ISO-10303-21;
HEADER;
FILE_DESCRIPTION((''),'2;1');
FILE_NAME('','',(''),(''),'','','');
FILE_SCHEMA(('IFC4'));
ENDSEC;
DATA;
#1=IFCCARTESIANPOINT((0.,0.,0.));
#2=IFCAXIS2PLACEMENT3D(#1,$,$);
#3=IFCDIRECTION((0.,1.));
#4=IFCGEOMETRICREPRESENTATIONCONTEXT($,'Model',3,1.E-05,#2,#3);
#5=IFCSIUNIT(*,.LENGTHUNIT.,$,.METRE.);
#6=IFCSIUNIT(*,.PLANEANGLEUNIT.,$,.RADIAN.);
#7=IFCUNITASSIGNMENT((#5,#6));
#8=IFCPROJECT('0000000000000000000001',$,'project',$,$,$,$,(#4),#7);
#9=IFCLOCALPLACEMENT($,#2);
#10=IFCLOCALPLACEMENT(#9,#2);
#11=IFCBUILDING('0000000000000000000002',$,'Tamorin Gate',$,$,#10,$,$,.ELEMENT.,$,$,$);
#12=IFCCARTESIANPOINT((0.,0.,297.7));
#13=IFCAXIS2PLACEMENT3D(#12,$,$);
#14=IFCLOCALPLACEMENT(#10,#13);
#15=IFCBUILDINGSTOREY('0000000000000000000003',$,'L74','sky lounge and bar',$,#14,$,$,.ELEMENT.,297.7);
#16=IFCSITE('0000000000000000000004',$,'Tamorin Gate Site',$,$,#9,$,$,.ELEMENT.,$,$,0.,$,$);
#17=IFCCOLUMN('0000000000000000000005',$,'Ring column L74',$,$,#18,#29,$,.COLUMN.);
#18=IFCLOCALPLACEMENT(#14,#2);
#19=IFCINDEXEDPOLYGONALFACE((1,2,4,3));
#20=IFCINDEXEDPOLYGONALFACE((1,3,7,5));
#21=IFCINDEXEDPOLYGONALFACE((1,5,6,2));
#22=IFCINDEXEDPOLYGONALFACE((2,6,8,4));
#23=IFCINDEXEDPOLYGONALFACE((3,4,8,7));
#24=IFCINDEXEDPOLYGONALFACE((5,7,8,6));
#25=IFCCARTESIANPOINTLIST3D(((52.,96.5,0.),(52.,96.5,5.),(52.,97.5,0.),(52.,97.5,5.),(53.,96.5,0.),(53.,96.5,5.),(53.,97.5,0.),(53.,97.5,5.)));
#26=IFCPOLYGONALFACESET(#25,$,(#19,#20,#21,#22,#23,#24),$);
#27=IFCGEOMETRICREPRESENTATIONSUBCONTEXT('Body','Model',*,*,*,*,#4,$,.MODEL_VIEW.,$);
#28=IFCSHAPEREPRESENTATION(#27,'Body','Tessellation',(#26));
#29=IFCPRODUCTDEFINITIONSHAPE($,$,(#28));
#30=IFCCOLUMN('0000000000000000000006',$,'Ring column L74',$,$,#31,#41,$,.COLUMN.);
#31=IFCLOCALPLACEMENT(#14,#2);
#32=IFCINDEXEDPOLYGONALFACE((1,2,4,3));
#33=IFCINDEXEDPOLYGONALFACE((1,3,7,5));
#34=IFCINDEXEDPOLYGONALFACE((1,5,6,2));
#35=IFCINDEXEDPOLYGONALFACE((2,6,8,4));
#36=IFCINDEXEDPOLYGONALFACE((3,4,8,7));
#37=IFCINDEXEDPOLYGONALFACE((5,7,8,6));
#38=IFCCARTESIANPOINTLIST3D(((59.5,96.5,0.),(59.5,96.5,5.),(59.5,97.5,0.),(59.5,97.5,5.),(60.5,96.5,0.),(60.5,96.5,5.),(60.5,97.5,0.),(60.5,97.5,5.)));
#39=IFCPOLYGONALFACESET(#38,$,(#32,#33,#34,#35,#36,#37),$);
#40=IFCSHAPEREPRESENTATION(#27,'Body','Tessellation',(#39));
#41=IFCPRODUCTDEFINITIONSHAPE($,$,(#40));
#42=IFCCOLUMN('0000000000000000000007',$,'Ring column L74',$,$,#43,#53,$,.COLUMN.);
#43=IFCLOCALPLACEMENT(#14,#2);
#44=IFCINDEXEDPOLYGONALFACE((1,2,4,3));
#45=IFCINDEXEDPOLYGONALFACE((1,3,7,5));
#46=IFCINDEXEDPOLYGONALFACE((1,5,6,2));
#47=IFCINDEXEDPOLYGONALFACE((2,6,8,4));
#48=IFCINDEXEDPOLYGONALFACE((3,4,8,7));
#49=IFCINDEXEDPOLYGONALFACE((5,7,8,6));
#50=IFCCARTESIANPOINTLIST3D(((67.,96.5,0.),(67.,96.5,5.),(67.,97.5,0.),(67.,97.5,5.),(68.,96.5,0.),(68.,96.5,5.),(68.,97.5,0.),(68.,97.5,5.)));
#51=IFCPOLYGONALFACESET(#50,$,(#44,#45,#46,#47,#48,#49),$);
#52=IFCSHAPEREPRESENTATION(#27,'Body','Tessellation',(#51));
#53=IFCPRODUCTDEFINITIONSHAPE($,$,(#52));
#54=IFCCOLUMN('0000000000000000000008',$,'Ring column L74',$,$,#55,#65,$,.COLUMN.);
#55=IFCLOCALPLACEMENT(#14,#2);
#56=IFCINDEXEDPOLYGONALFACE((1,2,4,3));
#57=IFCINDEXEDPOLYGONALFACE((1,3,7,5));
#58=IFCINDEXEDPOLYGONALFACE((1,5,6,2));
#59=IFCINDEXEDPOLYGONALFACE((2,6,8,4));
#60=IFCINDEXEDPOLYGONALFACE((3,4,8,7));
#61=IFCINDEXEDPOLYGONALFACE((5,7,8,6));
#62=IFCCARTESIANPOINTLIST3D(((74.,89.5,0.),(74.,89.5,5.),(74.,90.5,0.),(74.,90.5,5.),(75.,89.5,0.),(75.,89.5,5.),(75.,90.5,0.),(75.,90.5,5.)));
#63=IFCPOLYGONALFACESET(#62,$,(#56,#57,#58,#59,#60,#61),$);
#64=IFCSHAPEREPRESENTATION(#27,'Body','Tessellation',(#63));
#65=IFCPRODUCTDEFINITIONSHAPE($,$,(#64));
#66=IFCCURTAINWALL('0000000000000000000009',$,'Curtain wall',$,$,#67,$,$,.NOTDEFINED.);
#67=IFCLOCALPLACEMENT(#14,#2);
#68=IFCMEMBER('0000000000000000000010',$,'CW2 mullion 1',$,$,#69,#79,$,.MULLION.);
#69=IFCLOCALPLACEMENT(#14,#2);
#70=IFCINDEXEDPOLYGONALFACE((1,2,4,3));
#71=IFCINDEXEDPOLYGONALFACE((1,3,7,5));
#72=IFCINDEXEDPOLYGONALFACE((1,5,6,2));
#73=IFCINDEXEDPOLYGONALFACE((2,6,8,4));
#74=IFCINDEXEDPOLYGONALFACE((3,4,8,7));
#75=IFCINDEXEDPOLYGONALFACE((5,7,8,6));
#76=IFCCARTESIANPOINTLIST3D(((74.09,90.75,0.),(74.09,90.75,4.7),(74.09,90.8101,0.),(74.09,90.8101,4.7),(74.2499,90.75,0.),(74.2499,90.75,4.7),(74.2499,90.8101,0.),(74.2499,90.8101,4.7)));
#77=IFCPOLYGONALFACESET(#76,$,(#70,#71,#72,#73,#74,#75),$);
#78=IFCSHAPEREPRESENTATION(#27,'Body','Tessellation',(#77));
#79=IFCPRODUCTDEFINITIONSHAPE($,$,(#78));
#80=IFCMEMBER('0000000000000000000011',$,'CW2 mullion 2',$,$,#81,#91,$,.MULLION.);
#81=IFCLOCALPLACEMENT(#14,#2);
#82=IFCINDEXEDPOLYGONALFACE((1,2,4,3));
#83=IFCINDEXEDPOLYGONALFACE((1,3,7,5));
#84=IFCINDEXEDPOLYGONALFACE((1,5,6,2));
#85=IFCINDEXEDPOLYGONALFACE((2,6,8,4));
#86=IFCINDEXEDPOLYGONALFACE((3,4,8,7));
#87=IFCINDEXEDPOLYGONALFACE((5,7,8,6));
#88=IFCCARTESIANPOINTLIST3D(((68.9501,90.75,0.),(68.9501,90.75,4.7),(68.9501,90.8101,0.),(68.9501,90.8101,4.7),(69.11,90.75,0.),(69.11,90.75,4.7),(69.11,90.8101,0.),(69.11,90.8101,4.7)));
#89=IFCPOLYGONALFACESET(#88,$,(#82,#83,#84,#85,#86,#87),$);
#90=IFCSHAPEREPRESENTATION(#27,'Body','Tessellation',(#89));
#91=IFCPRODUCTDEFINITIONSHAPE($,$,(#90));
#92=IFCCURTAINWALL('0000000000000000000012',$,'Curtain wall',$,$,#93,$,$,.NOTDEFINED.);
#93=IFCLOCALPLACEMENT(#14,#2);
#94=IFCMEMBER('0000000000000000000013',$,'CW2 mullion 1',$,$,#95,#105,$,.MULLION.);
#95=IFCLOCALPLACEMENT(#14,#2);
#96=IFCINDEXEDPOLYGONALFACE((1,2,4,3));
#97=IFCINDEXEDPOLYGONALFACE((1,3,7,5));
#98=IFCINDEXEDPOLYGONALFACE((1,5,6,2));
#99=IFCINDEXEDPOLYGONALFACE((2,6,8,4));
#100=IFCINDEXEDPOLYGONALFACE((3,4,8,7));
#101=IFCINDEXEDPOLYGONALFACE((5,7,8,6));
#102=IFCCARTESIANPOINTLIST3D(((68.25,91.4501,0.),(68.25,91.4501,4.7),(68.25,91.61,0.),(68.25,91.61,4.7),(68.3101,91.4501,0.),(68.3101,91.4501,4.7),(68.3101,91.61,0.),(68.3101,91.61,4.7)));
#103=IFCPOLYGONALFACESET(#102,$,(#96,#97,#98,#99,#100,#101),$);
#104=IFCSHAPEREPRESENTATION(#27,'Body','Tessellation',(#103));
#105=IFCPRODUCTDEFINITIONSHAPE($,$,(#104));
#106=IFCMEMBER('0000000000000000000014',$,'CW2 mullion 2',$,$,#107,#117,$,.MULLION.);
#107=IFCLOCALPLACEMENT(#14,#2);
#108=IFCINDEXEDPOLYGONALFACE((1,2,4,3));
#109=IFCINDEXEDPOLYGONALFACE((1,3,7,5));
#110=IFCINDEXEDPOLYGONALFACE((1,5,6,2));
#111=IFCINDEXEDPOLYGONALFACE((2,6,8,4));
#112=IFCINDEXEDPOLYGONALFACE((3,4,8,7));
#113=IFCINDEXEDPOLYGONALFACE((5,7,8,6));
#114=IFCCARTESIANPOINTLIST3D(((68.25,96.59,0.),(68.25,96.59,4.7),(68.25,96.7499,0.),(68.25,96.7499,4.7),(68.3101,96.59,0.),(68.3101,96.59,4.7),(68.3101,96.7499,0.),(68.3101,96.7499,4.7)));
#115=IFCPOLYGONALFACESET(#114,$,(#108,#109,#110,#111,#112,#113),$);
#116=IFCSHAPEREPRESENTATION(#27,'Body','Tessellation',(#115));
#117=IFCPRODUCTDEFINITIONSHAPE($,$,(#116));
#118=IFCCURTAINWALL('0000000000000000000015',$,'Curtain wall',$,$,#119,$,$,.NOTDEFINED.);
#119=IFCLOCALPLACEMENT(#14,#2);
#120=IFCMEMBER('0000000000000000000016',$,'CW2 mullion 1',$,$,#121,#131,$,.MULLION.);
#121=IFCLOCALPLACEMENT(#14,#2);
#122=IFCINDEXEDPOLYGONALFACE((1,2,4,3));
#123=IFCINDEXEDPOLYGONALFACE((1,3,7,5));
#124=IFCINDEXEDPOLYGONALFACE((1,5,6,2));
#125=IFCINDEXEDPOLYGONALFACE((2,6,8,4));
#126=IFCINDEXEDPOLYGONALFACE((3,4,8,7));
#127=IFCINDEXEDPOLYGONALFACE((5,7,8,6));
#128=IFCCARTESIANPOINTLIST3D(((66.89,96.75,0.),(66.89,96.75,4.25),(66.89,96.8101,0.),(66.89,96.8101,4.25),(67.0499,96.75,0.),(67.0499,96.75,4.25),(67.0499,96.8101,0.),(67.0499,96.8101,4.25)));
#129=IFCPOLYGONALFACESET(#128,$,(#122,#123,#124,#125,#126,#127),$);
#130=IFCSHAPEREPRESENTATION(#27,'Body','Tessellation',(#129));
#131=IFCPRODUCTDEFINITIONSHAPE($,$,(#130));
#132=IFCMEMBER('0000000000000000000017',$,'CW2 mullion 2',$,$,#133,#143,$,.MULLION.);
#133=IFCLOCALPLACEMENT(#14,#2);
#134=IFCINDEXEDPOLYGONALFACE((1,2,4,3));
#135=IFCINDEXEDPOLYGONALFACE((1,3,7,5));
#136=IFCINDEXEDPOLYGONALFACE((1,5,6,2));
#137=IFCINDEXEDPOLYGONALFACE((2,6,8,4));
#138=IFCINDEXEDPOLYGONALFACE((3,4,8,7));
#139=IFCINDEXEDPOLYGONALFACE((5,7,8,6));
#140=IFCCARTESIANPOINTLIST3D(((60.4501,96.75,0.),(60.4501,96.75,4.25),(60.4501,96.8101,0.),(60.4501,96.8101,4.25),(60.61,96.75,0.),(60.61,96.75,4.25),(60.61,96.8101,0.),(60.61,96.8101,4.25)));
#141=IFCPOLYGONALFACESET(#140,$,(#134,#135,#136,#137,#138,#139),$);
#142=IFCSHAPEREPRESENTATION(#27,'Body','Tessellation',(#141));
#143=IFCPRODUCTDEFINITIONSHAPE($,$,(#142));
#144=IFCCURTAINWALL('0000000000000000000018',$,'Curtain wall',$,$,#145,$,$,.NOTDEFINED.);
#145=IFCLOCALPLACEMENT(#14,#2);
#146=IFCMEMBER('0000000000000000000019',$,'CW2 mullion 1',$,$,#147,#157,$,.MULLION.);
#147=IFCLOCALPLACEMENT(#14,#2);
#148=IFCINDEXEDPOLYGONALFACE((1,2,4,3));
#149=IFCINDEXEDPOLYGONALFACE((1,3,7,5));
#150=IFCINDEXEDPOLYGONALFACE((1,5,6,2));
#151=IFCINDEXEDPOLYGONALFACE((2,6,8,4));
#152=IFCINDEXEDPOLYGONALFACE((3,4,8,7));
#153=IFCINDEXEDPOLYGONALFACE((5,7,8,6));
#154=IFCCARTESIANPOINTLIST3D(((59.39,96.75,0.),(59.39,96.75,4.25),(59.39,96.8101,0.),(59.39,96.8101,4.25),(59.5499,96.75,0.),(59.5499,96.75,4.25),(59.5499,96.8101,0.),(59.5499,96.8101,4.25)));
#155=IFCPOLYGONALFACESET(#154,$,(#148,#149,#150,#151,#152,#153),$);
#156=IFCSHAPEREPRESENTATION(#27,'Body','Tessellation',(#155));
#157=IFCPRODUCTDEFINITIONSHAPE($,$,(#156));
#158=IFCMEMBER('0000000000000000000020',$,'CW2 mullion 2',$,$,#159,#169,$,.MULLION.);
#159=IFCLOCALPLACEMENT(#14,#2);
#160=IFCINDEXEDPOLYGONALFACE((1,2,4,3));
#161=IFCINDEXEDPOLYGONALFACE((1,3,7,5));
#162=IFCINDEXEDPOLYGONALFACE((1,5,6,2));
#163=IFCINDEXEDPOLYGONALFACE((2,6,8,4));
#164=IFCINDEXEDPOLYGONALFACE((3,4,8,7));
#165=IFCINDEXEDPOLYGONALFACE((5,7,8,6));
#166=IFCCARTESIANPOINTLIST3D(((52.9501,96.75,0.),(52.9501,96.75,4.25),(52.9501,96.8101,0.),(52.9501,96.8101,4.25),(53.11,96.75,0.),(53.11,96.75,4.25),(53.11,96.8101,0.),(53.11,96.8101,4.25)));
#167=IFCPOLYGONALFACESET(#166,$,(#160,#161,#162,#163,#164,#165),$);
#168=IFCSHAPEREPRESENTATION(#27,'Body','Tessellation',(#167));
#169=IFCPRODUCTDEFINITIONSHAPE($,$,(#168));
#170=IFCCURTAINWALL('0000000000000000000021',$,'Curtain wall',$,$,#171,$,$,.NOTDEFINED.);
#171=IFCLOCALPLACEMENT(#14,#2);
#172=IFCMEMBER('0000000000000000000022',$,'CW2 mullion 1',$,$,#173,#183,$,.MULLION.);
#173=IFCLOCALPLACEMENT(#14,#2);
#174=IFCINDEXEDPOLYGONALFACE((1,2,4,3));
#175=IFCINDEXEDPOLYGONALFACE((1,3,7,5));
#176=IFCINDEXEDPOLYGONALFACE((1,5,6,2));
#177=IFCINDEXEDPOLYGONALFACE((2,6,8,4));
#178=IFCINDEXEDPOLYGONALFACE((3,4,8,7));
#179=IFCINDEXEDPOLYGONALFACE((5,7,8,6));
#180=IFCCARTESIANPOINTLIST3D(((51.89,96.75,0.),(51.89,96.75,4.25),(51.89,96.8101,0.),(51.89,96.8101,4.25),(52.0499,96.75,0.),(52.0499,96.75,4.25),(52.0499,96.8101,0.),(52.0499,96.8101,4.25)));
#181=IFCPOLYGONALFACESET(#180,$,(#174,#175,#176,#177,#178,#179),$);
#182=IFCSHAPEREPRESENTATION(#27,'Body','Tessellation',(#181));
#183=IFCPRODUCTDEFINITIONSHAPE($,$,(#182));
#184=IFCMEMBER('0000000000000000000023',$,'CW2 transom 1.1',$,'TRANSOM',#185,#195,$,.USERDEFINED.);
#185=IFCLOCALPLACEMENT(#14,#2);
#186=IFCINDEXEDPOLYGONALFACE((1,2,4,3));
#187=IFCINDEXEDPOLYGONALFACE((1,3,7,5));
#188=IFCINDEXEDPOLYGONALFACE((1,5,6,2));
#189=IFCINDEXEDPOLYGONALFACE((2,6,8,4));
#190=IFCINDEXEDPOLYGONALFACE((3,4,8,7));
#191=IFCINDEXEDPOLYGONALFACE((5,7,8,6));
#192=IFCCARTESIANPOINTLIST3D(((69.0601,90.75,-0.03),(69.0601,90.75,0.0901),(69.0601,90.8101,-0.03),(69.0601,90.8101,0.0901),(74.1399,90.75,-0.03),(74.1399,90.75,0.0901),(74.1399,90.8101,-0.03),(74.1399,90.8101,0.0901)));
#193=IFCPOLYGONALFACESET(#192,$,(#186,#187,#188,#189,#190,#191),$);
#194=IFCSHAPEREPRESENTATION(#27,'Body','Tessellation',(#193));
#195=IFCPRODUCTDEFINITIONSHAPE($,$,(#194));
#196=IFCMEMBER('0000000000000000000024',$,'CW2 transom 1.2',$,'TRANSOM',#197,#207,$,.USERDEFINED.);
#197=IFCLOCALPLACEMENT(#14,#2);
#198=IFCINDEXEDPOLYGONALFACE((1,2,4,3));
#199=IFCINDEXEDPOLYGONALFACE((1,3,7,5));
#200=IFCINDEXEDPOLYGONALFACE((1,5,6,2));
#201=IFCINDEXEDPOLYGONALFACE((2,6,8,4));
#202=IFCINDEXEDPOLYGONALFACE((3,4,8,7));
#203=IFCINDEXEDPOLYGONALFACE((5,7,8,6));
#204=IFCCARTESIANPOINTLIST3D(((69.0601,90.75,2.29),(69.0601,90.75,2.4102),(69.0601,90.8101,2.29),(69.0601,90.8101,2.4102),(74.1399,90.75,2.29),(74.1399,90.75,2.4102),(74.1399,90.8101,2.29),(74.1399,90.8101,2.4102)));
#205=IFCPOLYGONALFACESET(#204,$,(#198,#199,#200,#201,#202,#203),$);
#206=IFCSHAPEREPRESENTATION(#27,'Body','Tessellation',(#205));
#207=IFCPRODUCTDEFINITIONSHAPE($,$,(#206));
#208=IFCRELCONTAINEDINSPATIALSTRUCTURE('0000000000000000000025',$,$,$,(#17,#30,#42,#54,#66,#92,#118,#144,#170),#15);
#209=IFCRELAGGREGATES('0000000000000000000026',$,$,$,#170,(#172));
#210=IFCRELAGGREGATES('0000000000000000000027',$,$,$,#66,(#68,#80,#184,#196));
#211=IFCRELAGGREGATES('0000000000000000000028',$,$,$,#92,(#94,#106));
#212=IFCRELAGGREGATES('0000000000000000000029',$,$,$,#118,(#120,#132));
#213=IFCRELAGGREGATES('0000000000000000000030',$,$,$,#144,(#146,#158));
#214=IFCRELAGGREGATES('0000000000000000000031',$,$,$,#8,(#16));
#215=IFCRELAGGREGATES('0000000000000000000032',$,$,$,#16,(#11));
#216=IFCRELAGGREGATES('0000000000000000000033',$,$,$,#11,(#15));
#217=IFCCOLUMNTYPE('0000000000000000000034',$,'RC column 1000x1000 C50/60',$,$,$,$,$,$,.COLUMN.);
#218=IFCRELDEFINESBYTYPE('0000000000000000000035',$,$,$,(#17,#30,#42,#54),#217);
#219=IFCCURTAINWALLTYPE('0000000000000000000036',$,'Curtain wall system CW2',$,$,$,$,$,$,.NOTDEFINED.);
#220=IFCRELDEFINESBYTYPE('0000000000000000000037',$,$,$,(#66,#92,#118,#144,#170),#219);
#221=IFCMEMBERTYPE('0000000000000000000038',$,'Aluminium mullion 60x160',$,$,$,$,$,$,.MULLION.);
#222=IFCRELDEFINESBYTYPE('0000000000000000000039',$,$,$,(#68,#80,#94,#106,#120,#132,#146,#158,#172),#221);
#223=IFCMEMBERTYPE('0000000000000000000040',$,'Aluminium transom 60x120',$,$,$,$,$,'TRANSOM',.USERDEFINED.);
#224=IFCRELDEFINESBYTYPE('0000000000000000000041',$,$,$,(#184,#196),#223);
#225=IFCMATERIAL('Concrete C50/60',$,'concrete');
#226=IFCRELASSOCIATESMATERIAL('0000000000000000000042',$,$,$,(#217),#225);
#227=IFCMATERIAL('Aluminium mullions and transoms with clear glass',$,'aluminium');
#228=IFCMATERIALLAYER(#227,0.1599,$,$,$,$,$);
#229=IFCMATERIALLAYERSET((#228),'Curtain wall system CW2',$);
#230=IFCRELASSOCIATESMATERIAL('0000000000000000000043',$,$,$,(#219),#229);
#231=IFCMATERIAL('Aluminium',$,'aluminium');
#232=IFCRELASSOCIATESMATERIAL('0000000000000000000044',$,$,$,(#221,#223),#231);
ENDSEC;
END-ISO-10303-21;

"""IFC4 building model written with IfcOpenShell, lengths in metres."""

from ifc_helpers import new_model, si_unit, direction, frame, origin, origin_2d, place, context, subcontext, project, spatial, rectangle, extrude, material, layer, layer_set, material_profile, profile_set, type_object, element, aggregate, save


model = new_model("IFC4")

# Units and contexts
model_context = context("Model", 3, precision=1e-05, world=origin(), true_north=direction((0.0, 1.0)))
body_context = subcontext(model_context, "Body", "Model", "MODEL_VIEW")
ifc_project = project(units=[si_unit("LENGTHUNIT", "METRE"), si_unit("PLANEANGLEUNIT", "RADIAN")], contexts=[model_context])

# Site, building, storey
site_placement = place(None, origin())
site = spatial("IfcSite", under=ifc_project, at=site_placement, Name="Tamorin Gate Site", CompositionType="ELEMENT", RefElevation=0.0)
building_placement = place(site_placement, origin())
building = spatial("IfcBuilding", under=site, at=building_placement, Name="Tamorin Gate", CompositionType="ELEMENT")
storey_placement = place(building_placement, frame((0.0, 0.0, 297.7)))
storey = spatial("IfcBuildingStorey", under=building, at=storey_placement, Name="L74", Description="sky lounge and bar", CompositionType="ELEMENT", Elevation=297.7)

# Columns
ifc_material_1 = material(Name="Concrete C50/60", Category="concrete")
ifc_material_profile_1 = material_profile(ifc_material_1, rectangle(XDim=1.0, YDim=1.0, at=origin_2d()), Name="RC 1000x1000")
ifc_profile_set_1 = profile_set([ifc_material_profile_1], Name="Concrete C50/60")
column_type = type_object("IfcColumnType", Name="RC column 1000x1000 C50/60", PredefinedType="COLUMN", material=ifc_profile_set_1)
for number, where, z_axis, x_axis, name in (
    (1, (52.5, 97.0, 0.0), (0.0, 0.0, 1.0), (1.0, 0.0, 0.0), "Ring column L74"),
    (2, (60.0, 97.0, 0.0), (0.0, 0.0, 1.0), (1.0, 0.0, 0.0), "Ring column L74"),
    (3, (67.5, 97.0, 0.0), (0.0, 0.0, 1.0), (1.0, 0.0, 0.0), "Ring column L74"),
    (4, (74.5, 90.0, 0.0), (0.0, 0.0, 1.0), (1.0, 0.0, 0.0), "Ring column L74"),
):
    element("IfcColumn", number, at=place(storey_placement, frame(where, z_axis=z_axis, x_axis=x_axis)), inside=storey, type_object=column_type, Name=name, PredefinedType="COLUMN", context=body_context, shape_type="SweptSolid", body=[
        extrude(rectangle(XDim=1.0, YDim=1.0, at=origin_2d()), origin(), (0.0, 0.0, 1.0), 5.0),
    ])

# Curtain walls, members
ifc_material_2 = material(Name="Aluminium mullions and transoms with clear glass", Category="aluminium")
ifc_layer_1 = layer(ifc_material_2, 0.1599)
ifc_layer_set_1 = layer_set([ifc_layer_1], Name="Curtain wall system CW2")
curtain_wall_type = type_object("IfcCurtainWallType", Name="Curtain wall system CW2", PredefinedType="NOTDEFINED", material=ifc_layer_set_1)
curtain_wall_1_placement = place(storey_placement, origin())
curtain_wall_1 = element("IfcCurtainWall", 5, at=curtain_wall_1_placement, inside=storey, type_object=curtain_wall_type, Name="Curtain wall", PredefinedType="NOTDEFINED")
ifc_material_3 = material(Name="Aluminium", Category="aluminium")
ifc_material_profile_2 = material_profile(ifc_material_3, rectangle(XDim=0.0601, YDim=0.1599, at=origin_2d()), Name="RECT 60x160")
ifc_profile_set_2 = profile_set([ifc_material_profile_2], Name="Aluminium")
member_type_1 = type_object("IfcMemberType", Name="Aluminium mullion 60x160", PredefinedType="MULLION", material=ifc_profile_set_2)
member_1_placement = place(storey_placement, frame((74.1699, 90.78, 0.0), z_axis=(0.0, 0.0, 1.0), x_axis=(0.0, -1.0, 0.0)))
member_1 = element("IfcMember", 6, at=member_1_placement, type_object=member_type_1, Name="CW2 mullion 1", PredefinedType="MULLION", context=body_context, shape_type="SweptSolid", body=[
    extrude(rectangle(XDim=0.0601, YDim=0.1599, at=origin_2d()), origin(), (0.0, 0.0, 1.0), 4.7),
])
member_2_placement = place(storey_placement, frame((69.03, 90.78, 0.0), z_axis=(0.0, 0.0, 1.0), x_axis=(0.0, -1.0, 0.0)))
member_2 = element("IfcMember", 7, at=member_2_placement, type_object=member_type_1, Name="CW2 mullion 2", PredefinedType="MULLION", context=body_context, shape_type="SweptSolid", body=[
    extrude(rectangle(XDim=0.0601, YDim=0.1599, at=origin_2d()), origin(), (0.0, 0.0, 1.0), 4.7),
])
curtain_wall_2_placement = place(storey_placement, origin())
curtain_wall_2 = element("IfcCurtainWall", 8, at=curtain_wall_2_placement, inside=storey, type_object=curtain_wall_type, Name="Curtain wall", PredefinedType="NOTDEFINED")
member_3_placement = place(storey_placement, frame((68.28, 91.53, 0.0), z_axis=(0.0, 0.0, 1.0), x_axis=(-1.0, 0.0, 0.0)))
member_3 = element("IfcMember", 9, at=member_3_placement, type_object=member_type_1, Name="CW2 mullion 1", PredefinedType="MULLION", context=body_context, shape_type="SweptSolid", body=[
    extrude(rectangle(XDim=0.0601, YDim=0.1599, at=origin_2d()), origin(), (0.0, 0.0, 1.0), 4.7),
])
member_4_placement = place(storey_placement, frame((68.28, 96.6699, 0.0), z_axis=(0.0, 0.0, 1.0), x_axis=(-1.0, 0.0, 0.0)))
member_4 = element("IfcMember", 10, at=member_4_placement, type_object=member_type_1, Name="CW2 mullion 2", PredefinedType="MULLION", context=body_context, shape_type="SweptSolid", body=[
    extrude(rectangle(XDim=0.0601, YDim=0.1599, at=origin_2d()), origin(), (0.0, 0.0, 1.0), 4.7),
])
curtain_wall_3_placement = place(storey_placement, origin())
curtain_wall_3 = element("IfcCurtainWall", 11, at=curtain_wall_3_placement, inside=storey, type_object=curtain_wall_type, Name="Curtain wall", PredefinedType="NOTDEFINED")
member_5_placement = place(storey_placement, frame((66.97, 96.78, 0.0), z_axis=(0.0, 0.0, 1.0), x_axis=(0.0, -1.0, 0.0)))
member_5 = element("IfcMember", 12, at=member_5_placement, type_object=member_type_1, Name="CW2 mullion 1", PredefinedType="MULLION", context=body_context, shape_type="SweptSolid", body=[
    extrude(rectangle(XDim=0.0601, YDim=0.1599, at=origin_2d()), origin(), (0.0, 0.0, 1.0), 4.25),
])
member_6_placement = place(storey_placement, frame((60.53, 96.78, 0.0), z_axis=(0.0, 0.0, 1.0), x_axis=(0.0, -1.0, 0.0)))
member_6 = element("IfcMember", 13, at=member_6_placement, type_object=member_type_1, Name="CW2 mullion 2", PredefinedType="MULLION", context=body_context, shape_type="SweptSolid", body=[
    extrude(rectangle(XDim=0.0601, YDim=0.1599, at=origin_2d()), origin(), (0.0, 0.0, 1.0), 4.25),
])
curtain_wall_4_placement = place(storey_placement, origin())
curtain_wall_4 = element("IfcCurtainWall", 14, at=curtain_wall_4_placement, inside=storey, type_object=curtain_wall_type, Name="Curtain wall", PredefinedType="NOTDEFINED")
member_7_placement = place(storey_placement, frame((59.47, 96.78, 0.0), z_axis=(0.0, 0.0, 1.0), x_axis=(0.0, -1.0, 0.0)))
member_7 = element("IfcMember", 15, at=member_7_placement, type_object=member_type_1, Name="CW2 mullion 1", PredefinedType="MULLION", context=body_context, shape_type="SweptSolid", body=[
    extrude(rectangle(XDim=0.0601, YDim=0.1599, at=origin_2d()), origin(), (0.0, 0.0, 1.0), 4.25),
])
member_8_placement = place(storey_placement, frame((53.03, 96.78, 0.0), z_axis=(0.0, 0.0, 1.0), x_axis=(0.0, -1.0, 0.0)))
member_8 = element("IfcMember", 16, at=member_8_placement, type_object=member_type_1, Name="CW2 mullion 2", PredefinedType="MULLION", context=body_context, shape_type="SweptSolid", body=[
    extrude(rectangle(XDim=0.0601, YDim=0.1599, at=origin_2d()), origin(), (0.0, 0.0, 1.0), 4.25),
])

# Curtain wall, member
curtain_wall_5_placement = place(storey_placement, origin())
curtain_wall_5 = element("IfcCurtainWall", 17, at=curtain_wall_5_placement, inside=storey, type_object=curtain_wall_type, Name="Curtain wall", PredefinedType="NOTDEFINED")
member_9_placement = place(storey_placement, frame((51.97, 96.78, 0.0), z_axis=(0.0, 0.0, 1.0), x_axis=(0.0, -1.0, 0.0)))
member_9 = element("IfcMember", 18, at=member_9_placement, type_object=member_type_1, Name="CW2 mullion 1", PredefinedType="MULLION", context=body_context, shape_type="SweptSolid", body=[
    extrude(rectangle(XDim=0.0601, YDim=0.1599, at=origin_2d()), origin(), (0.0, 0.0, 1.0), 4.25),
])

# Members
ifc_material_profile_3 = material_profile(ifc_material_3, rectangle(XDim=0.0601, YDim=0.1201, at=origin_2d()), Name="RECT 60x120")
ifc_profile_set_3 = profile_set([ifc_material_profile_3], Name="Aluminium")
member_type_2 = type_object("IfcMemberType", Name="Aluminium transom 60x120", ElementType="TRANSOM", PredefinedType="USERDEFINED", material=ifc_profile_set_3)
member_10_placement = place(storey_placement, frame((74.1399, 90.78, 0.03), z_axis=(-1.0, 0.0, 0.0), x_axis=(0.0, -1.0, 0.0)))
member_10 = element("IfcMember", 19, at=member_10_placement, type_object=member_type_2, Name="CW2 transom 1.1", ObjectType="TRANSOM", PredefinedType="USERDEFINED", context=body_context, shape_type="SweptSolid", body=[
    extrude(rectangle(XDim=0.0601, YDim=0.1201, at=origin_2d()), origin(), (0.0, 0.0, 1.0), 5.0798),
])
member_11_placement = place(storey_placement, frame((74.1399, 90.78, 2.3501), z_axis=(-1.0, 0.0, 0.0), x_axis=(0.0, -1.0, 0.0)))
member_11 = element("IfcMember", 20, at=member_11_placement, type_object=member_type_2, Name="CW2 transom 1.2", ObjectType="TRANSOM", PredefinedType="USERDEFINED", context=body_context, shape_type="SweptSolid", body=[
    extrude(rectangle(XDim=0.0601, YDim=0.1201, at=origin_2d()), origin(), (0.0, 0.0, 1.0), 5.0798),
])
aggregate(curtain_wall_5, [member_9])

aggregate(curtain_wall_1, [member_1, member_2, member_10, member_11])
aggregate(curtain_wall_2, [member_3, member_4])
aggregate(curtain_wall_3, [member_5, member_6])
aggregate(curtain_wall_4, [member_7, member_8])

save(model, "model.ifc")
